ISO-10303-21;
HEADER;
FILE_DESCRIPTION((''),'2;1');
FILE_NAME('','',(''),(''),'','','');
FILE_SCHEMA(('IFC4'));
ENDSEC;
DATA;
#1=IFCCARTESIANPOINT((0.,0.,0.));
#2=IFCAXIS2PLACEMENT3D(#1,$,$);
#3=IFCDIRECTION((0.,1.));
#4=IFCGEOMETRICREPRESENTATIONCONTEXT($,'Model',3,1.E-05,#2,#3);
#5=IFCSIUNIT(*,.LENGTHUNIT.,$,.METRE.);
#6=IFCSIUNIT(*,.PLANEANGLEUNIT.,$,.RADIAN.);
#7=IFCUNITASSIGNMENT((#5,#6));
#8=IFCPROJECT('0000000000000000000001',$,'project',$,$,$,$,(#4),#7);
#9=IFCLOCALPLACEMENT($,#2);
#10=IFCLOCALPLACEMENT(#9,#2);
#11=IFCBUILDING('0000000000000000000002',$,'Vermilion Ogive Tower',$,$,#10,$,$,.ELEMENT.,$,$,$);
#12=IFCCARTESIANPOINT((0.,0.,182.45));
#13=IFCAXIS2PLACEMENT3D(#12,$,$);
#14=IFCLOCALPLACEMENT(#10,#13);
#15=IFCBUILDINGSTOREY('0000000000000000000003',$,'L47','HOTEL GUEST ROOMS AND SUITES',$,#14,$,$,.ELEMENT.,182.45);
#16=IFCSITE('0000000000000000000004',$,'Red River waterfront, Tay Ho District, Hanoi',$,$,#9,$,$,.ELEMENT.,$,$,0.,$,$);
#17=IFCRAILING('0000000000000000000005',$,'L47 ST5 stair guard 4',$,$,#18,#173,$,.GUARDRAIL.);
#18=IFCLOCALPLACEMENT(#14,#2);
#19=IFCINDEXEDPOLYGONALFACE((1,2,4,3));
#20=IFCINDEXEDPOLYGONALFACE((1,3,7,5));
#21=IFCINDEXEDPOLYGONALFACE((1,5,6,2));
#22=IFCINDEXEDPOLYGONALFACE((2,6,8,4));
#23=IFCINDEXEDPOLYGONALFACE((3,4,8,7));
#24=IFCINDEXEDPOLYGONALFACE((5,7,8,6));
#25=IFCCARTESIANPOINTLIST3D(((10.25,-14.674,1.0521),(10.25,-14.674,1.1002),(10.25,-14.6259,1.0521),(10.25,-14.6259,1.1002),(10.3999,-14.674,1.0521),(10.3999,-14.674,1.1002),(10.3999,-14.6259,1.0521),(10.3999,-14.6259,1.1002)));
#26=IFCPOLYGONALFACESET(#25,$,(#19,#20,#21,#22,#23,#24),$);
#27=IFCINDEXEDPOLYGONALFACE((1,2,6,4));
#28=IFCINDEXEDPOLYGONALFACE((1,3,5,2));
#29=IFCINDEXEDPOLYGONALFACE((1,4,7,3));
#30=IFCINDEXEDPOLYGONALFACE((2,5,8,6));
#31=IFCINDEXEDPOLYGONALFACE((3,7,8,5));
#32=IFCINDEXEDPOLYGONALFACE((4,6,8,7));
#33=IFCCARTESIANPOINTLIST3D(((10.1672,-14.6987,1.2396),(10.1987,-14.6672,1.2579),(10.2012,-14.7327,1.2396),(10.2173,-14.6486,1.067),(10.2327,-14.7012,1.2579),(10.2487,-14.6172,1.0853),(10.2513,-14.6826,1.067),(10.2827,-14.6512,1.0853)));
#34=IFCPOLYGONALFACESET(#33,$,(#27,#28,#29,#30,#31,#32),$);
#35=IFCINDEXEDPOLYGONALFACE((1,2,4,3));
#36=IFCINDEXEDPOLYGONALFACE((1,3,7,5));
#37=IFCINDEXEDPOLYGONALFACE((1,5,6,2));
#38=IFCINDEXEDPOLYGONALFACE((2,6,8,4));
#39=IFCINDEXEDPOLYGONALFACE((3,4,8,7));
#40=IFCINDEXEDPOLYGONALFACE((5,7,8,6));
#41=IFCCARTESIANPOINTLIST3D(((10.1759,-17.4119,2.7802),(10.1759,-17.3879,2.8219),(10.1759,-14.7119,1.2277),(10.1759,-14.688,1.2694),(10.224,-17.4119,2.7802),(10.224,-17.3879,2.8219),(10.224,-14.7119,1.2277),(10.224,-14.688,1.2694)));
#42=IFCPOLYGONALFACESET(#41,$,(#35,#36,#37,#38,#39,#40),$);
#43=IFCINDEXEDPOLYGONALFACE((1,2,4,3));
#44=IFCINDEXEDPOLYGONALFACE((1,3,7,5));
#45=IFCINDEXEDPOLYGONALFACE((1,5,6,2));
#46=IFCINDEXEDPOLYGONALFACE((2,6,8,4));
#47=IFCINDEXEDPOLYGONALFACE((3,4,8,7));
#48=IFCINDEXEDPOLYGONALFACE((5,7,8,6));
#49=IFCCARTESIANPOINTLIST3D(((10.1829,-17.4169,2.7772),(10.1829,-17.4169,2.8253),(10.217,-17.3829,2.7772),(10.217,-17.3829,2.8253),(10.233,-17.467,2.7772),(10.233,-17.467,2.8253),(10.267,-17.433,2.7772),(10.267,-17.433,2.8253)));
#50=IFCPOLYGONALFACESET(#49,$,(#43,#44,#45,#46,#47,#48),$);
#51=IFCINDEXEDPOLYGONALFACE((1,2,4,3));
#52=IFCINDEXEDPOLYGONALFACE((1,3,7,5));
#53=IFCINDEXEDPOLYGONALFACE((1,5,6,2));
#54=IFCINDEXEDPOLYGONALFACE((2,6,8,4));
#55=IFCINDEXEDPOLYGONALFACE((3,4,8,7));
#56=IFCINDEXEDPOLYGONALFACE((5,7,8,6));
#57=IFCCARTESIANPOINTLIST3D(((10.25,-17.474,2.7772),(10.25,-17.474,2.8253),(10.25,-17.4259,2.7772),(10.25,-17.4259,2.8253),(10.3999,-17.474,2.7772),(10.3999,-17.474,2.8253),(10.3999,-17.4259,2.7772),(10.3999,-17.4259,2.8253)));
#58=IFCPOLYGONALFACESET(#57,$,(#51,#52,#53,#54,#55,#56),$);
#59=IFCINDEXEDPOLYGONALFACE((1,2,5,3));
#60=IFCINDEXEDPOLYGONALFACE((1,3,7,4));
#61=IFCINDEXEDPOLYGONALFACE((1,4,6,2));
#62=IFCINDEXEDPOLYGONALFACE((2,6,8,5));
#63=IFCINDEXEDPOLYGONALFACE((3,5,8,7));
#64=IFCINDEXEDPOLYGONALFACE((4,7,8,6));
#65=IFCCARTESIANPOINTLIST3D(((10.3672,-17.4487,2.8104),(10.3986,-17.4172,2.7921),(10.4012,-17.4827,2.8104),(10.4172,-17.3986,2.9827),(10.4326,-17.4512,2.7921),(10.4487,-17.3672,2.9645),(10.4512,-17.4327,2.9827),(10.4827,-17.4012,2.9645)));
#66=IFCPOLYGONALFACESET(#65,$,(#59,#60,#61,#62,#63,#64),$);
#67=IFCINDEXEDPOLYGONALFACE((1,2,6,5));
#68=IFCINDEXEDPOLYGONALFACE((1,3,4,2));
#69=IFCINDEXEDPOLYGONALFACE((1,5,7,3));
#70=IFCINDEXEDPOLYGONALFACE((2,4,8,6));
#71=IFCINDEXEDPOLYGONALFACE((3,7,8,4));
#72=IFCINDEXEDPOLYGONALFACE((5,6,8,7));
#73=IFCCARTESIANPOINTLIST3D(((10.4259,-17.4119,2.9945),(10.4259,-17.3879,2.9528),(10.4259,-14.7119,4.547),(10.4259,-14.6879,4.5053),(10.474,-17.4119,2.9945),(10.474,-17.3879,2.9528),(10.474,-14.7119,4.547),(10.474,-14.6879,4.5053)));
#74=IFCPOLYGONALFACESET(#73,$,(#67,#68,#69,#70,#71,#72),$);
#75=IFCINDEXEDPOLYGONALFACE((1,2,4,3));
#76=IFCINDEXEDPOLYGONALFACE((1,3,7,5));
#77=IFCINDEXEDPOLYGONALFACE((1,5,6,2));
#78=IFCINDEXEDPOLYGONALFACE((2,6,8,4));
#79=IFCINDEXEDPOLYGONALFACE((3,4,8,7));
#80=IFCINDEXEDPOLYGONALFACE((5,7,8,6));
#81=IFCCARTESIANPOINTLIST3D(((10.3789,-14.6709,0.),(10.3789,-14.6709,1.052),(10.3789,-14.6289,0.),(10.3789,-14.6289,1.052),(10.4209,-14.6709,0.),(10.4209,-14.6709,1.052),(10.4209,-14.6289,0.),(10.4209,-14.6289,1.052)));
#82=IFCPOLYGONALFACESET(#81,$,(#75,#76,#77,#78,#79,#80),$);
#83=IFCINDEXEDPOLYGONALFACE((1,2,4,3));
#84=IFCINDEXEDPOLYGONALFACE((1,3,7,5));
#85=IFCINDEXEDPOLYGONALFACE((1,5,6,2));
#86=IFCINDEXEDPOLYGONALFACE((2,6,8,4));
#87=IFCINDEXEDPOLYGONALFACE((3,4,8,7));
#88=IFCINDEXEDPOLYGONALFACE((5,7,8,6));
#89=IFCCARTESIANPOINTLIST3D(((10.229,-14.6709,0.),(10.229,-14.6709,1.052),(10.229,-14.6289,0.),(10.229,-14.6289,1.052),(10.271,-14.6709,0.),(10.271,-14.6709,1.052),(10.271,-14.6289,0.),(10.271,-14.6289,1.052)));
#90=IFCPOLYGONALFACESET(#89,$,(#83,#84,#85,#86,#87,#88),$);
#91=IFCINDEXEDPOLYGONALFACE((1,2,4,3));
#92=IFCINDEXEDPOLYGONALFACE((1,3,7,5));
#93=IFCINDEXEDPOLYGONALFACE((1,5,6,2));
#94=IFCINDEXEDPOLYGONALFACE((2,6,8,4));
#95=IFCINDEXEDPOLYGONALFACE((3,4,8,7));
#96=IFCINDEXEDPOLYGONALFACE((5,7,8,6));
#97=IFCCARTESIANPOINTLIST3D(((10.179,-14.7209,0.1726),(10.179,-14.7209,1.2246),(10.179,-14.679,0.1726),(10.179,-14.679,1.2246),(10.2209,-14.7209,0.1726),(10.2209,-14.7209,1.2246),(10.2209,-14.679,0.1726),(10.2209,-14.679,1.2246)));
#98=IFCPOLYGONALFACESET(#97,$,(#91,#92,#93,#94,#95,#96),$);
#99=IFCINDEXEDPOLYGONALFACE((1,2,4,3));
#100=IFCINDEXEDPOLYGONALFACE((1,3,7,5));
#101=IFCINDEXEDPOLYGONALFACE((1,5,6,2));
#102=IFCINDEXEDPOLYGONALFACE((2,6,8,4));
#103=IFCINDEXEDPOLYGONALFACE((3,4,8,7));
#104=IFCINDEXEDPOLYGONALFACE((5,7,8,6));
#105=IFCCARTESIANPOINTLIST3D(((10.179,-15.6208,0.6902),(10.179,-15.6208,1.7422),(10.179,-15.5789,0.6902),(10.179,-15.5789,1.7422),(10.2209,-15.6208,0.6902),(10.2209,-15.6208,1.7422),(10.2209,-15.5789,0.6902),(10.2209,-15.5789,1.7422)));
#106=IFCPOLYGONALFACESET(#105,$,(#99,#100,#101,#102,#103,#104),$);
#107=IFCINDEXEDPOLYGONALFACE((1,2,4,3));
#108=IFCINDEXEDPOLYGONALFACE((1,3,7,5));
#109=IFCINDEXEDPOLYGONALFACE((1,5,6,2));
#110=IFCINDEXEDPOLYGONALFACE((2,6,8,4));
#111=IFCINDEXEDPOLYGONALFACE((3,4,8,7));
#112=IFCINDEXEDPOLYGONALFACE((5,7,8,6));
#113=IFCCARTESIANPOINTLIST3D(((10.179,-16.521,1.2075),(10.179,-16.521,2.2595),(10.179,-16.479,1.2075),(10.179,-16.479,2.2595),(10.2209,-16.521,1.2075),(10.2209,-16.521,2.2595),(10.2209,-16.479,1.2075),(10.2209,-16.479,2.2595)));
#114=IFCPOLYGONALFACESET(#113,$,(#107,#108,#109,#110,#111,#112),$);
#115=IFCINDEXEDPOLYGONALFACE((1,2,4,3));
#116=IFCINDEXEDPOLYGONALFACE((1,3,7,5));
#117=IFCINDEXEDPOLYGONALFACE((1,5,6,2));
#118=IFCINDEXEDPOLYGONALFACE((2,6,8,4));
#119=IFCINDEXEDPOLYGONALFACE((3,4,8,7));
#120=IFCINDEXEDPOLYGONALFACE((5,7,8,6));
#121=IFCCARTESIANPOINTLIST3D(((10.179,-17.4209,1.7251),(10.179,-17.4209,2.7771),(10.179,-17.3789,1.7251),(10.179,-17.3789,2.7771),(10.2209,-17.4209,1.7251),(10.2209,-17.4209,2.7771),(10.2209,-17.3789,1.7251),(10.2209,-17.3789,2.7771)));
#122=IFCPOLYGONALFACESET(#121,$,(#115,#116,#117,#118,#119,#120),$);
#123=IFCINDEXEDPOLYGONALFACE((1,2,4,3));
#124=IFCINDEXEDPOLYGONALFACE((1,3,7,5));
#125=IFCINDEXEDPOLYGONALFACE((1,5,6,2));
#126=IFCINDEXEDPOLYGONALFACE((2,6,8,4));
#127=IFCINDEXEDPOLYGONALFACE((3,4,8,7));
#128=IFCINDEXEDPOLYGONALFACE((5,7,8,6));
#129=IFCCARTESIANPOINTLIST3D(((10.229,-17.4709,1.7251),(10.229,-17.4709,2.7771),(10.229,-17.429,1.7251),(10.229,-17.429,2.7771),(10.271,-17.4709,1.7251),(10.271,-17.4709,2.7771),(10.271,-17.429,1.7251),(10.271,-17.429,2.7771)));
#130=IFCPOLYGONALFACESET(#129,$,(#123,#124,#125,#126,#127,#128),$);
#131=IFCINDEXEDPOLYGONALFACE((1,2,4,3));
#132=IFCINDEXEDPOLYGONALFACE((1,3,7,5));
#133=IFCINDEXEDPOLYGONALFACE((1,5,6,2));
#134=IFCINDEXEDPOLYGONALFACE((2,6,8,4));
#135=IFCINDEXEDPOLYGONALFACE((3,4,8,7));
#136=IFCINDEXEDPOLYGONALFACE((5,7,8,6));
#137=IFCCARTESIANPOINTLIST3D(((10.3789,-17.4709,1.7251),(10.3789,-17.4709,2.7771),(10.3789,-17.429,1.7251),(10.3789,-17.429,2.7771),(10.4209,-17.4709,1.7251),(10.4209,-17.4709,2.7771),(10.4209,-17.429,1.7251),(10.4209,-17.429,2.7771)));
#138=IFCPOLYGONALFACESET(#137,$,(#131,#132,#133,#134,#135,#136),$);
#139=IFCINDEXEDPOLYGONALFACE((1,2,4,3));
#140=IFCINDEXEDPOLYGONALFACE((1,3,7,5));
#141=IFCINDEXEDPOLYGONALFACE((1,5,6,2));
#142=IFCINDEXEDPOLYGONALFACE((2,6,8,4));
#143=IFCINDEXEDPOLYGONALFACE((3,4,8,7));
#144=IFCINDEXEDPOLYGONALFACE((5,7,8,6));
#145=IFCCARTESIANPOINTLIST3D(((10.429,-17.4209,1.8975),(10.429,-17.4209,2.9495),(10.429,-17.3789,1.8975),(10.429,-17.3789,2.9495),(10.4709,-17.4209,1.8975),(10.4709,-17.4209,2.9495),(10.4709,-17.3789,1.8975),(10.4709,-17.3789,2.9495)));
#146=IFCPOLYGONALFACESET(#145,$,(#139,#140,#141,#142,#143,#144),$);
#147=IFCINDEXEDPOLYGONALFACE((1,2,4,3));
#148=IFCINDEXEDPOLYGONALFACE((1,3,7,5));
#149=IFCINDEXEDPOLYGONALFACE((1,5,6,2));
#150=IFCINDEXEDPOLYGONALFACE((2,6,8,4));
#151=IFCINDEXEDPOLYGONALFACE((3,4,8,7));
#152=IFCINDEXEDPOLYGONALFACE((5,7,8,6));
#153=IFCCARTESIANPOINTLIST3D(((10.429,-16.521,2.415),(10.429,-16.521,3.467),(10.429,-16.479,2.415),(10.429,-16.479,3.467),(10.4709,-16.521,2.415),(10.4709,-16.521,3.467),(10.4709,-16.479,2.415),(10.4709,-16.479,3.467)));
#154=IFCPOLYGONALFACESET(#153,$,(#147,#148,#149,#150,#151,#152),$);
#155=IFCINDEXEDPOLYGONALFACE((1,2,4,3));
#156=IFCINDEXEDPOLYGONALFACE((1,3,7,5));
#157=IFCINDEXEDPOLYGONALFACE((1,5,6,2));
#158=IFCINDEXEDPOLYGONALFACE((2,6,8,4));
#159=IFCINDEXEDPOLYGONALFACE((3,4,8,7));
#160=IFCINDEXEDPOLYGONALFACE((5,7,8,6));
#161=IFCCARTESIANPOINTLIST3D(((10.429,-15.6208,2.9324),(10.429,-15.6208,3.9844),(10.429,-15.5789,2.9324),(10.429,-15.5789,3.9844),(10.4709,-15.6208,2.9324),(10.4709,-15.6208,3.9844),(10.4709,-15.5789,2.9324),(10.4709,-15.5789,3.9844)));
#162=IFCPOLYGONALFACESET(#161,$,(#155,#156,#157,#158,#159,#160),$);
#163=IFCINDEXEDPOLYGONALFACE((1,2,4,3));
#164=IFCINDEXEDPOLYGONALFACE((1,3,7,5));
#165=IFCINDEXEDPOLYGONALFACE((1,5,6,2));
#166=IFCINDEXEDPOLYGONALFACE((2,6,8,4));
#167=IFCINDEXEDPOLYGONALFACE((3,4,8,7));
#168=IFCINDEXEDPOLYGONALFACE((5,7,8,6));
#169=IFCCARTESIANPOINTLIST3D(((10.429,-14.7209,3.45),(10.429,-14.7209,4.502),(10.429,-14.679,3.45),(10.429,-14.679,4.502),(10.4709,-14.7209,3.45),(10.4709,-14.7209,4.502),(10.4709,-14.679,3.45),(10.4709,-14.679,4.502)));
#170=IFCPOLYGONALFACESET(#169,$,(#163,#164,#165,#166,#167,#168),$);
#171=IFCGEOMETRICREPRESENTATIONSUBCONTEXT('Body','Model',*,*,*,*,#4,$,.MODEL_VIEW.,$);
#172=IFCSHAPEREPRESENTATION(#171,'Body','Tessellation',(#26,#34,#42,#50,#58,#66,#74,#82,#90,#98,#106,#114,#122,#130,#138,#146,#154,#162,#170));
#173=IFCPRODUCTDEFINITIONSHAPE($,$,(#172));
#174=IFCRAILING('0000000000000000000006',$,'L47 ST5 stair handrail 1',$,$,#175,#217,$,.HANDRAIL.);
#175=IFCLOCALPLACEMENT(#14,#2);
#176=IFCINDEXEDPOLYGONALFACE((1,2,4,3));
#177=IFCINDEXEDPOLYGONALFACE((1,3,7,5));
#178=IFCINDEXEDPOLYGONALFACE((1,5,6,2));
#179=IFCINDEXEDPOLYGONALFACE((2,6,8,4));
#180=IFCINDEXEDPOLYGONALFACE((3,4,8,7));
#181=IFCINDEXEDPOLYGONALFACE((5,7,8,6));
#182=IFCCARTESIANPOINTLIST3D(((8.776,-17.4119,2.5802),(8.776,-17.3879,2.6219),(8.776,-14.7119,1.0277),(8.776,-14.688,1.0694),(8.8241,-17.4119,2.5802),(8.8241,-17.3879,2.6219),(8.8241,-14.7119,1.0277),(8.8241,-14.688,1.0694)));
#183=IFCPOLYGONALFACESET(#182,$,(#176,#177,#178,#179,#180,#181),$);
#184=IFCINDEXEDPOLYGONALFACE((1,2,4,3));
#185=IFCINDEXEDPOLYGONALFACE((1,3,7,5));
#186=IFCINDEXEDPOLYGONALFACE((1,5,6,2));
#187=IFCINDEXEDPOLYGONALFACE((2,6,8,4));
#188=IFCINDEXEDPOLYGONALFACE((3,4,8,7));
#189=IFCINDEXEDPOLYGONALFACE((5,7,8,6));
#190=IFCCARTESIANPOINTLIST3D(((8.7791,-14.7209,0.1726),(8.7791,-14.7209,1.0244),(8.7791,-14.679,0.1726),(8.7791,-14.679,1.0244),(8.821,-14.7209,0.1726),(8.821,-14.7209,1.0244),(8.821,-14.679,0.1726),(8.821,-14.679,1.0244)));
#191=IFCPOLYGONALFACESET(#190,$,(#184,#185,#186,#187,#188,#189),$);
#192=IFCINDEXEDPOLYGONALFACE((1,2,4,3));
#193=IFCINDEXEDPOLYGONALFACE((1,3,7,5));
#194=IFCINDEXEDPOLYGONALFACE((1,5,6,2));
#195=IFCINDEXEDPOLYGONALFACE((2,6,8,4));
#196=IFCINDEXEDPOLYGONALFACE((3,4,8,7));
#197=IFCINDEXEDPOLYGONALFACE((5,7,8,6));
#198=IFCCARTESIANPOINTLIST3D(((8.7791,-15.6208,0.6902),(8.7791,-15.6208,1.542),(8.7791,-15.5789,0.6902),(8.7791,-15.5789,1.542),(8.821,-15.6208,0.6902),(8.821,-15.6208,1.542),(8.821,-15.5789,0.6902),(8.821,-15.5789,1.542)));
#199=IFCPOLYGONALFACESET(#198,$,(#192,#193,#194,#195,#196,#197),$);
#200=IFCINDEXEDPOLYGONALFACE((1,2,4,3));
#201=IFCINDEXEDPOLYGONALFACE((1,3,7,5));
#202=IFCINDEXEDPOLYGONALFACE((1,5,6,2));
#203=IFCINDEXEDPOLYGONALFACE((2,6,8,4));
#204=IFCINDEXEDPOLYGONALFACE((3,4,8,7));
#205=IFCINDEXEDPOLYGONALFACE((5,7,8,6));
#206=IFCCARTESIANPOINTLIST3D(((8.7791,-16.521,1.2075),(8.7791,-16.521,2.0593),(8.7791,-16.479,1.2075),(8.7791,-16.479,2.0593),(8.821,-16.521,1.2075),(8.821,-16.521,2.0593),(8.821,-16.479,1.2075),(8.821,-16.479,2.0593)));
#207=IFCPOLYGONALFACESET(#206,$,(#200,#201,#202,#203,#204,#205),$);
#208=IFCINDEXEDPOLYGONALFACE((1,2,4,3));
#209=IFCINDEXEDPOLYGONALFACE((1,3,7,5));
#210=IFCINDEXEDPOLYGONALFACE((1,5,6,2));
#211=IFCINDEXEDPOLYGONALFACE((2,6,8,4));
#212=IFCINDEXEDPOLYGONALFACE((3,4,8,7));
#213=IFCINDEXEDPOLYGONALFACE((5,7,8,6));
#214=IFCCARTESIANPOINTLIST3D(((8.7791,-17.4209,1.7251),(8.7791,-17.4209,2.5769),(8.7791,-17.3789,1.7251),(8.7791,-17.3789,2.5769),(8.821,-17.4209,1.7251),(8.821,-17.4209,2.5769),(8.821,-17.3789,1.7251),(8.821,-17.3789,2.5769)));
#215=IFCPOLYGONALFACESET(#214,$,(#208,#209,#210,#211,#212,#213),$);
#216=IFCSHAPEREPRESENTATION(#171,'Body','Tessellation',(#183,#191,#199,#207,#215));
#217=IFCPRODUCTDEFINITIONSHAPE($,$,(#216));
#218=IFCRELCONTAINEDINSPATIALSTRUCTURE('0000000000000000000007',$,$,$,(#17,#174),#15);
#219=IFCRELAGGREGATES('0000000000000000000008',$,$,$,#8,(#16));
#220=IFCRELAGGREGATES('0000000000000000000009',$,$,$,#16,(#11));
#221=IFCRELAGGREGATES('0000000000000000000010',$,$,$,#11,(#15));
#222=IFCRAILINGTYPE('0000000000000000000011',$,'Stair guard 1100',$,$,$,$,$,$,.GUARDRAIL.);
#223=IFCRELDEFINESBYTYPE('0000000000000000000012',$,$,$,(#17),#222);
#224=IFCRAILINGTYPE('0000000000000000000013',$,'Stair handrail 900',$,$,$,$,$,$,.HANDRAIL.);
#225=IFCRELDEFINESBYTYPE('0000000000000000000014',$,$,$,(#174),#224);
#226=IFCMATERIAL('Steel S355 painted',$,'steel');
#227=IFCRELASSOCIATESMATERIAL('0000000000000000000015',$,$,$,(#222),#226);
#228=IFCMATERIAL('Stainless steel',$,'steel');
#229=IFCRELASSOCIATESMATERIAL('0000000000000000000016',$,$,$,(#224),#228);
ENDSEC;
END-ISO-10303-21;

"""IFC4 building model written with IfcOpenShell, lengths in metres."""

from ifc_helpers import new_model, si_unit, direction, frame, origin, origin_2d, place, context, subcontext, project, spatial, rectangle, extrude, material, type_object, element, save


model = new_model("IFC4")

# Units and contexts
model_context = context("Model", 3, precision=1e-05, world=origin(), true_north=direction((0.0, 1.0)))
body_context = subcontext(model_context, "Body", "Model", "MODEL_VIEW")
ifc_project = project(units=[si_unit("LENGTHUNIT", "METRE"), si_unit("PLANEANGLEUNIT", "RADIAN")], contexts=[model_context])

# Site, building, storey
site_placement = place(None, origin())
site = spatial("IfcSite", under=ifc_project, at=site_placement, Name="Red River waterfront, Tay Ho District, Hanoi", CompositionType="ELEMENT", RefElevation=0.0)
building_placement = place(site_placement, origin())
building = spatial("IfcBuilding", under=site, at=building_placement, Name="Vermilion Ogive Tower", CompositionType="ELEMENT")
storey_placement = place(building_placement, frame((0.0, 0.0, 182.45)))
storey = spatial("IfcBuildingStorey", under=building, at=storey_placement, Name="L47", Description="HOTEL GUEST ROOMS AND SUITES", CompositionType="ELEMENT", Elevation=182.45)

# Railings
ifc_material_1 = material(Name="Steel S355 painted", Category="steel")
railing_type_1 = type_object("IfcRailingType", Name="Stair guard 1100", PredefinedType="GUARDRAIL", material=ifc_material_1)
railing_1_placement = place(storey_placement, frame((10.3999, -14.6499, 0.0)))
element("IfcRailing", 1, at=railing_1_placement, inside=storey, type_object=railing_type_1, Name="L47 ST5 stair guard 4", PredefinedType="GUARDRAIL", context=body_context, shape_type="SweptSolid", body=[
    extrude(rectangle(XDim=0.0481, YDim=0.0481, at=origin_2d()), frame((0.0, 0.0, 1.0762), z_axis=(-1.0, 0.0, 0.0), x_axis=(0.0, -1.0, 0.0)), (0.0, 0.0, 1.0), 0.1499),
    extrude(rectangle(XDim=0.0481, YDim=0.0481, at=origin_2d()), frame((-0.1499, 0.0, 1.0762), z_axis=(-0.268278, -0.268278, 0.925232), x_axis=(0.707107, -0.707107, 0.0)), (0.0, 0.0, 1.0), 0.1865),
    extrude(rectangle(XDim=0.0481, YDim=0.0481, at=origin_2d()), frame((-0.2, -0.05, 1.2485), z_axis=(0.0, -0.866904, 0.498476), x_axis=(1.0, 0.0, 0.0)), (0.0, 0.0, 1.0), 3.1145),
    extrude(rectangle(XDim=0.0481, YDim=0.0481, at=origin_2d()), frame((-0.2, -2.75, 2.8013), z_axis=(0.707107, -0.707107, 0.0), x_axis=(0.707107, 0.707107, 0.0)), (0.0, 0.0, 1.0), 0.0708),
    extrude(rectangle(XDim=0.0481, YDim=0.0481, at=origin_2d()), frame((-0.1499, -2.8, 2.8013), z_axis=(1.0, 0.0, 0.0), x_axis=(0.0, 1.0, 0.0)), (0.0, 0.0, 1.0), 0.1499),
    extrude(rectangle(XDim=0.0481, YDim=0.0481, at=origin_2d()), frame((0.0, -2.8, 2.8013), z_axis=(0.268603, 0.268603, 0.925043), x_axis=(-0.707107, 0.707107, 0.0)), (0.0, 0.0, 1.0), 0.1863),
    extrude(rectangle(XDim=0.0481, YDim=0.0481, at=origin_2d()), frame((0.05, -2.75, 2.9736), z_axis=(0.0, 0.866904, 0.498476), x_axis=(-1.0, 0.0, 0.0)), (0.0, 0.0, 1.0), 3.1145),
    extrude(rectangle(XDim=0.042, YDim=0.042, at=origin_2d()), origin(), (0.0, 0.0, 1.0), 1.052),
    extrude(rectangle(XDim=0.042, YDim=0.042, at=origin_2d()), frame((-0.1499, 0.0, 0.0)), (0.0, 0.0, 1.0), 1.052),
    extrude(rectangle(XDim=0.042, YDim=0.042, at=origin_2d()), frame((-0.2, -0.05, 0.1726)), (0.0, 0.0, 1.0), 1.052),
    extrude(rectangle(XDim=0.042, YDim=0.042, at=origin_2d()), frame((-0.2, -0.95, 0.6902)), (0.0, 0.0, 1.0), 1.052),
    extrude(rectangle(XDim=0.042, YDim=0.042, at=origin_2d()), frame((-0.2, -1.8501, 1.2075)), (0.0, 0.0, 1.0), 1.052),
    extrude(rectangle(XDim=0.042, YDim=0.042, at=origin_2d()), frame((-0.2, -2.75, 1.7251)), (0.0, 0.0, 1.0), 1.052),
    extrude(rectangle(XDim=0.042, YDim=0.042, at=origin_2d()), frame((-0.1499, -2.8, 1.7251)), (0.0, 0.0, 1.0), 1.052),
    extrude(rectangle(XDim=0.042, YDim=0.042, at=origin_2d()), frame((0.0, -2.8, 1.7251)), (0.0, 0.0, 1.0), 1.052),
    extrude(rectangle(XDim=0.042, YDim=0.042, at=origin_2d()), frame((0.05, -2.75, 1.8975)), (0.0, 0.0, 1.0), 1.052),
    extrude(rectangle(XDim=0.042, YDim=0.042, at=origin_2d()), frame((0.05, -1.8501, 2.415)), (0.0, 0.0, 1.0), 1.052),
    extrude(rectangle(XDim=0.042, YDim=0.042, at=origin_2d()), frame((0.05, -0.95, 2.9324)), (0.0, 0.0, 1.0), 1.052),
    extrude(rectangle(XDim=0.042, YDim=0.042, at=origin_2d()), frame((0.05, -0.05, 3.45)), (0.0, 0.0, 1.0), 1.052),
])
ifc_material_2 = material(Name="Stainless steel", Category="steel")
railing_type_2 = type_object("IfcRailingType", Name="Stair handrail 900", PredefinedType="HANDRAIL", material=ifc_material_2)
railing_2_placement = place(storey_placement, frame((8.8, -14.7, 0.1726)))
element("IfcRailing", 2, at=railing_2_placement, inside=storey, type_object=railing_type_2, Name="L47 ST5 stair handrail 1", PredefinedType="HANDRAIL", context=body_context, shape_type="SweptSolid", body=[
    extrude(rectangle(XDim=0.0481, YDim=0.0481, at=origin_2d()), frame((0.0, 0.0, 0.876), z_axis=(0.0, -0.866904, 0.498476), x_axis=(1.0, 0.0, 0.0)), (0.0, 0.0, 1.0), 3.1145),
    extrude(rectangle(XDim=0.042, YDim=0.042, at=origin_2d()), origin(), (0.0, 0.0, 1.0), 0.8518),
    extrude(rectangle(XDim=0.042, YDim=0.042, at=origin_2d()), frame((0.0, -0.8999, 0.5176)), (0.0, 0.0, 1.0), 0.8518),
    extrude(rectangle(XDim=0.042, YDim=0.042, at=origin_2d()), frame((0.0, -1.8, 1.0349)), (0.0, 0.0, 1.0), 0.8518),
    extrude(rectangle(XDim=0.042, YDim=0.042, at=origin_2d()), frame((0.0, -2.7, 1.5525)), (0.0, 0.0, 1.0), 0.8518),
])

save(model, "model.ifc")
